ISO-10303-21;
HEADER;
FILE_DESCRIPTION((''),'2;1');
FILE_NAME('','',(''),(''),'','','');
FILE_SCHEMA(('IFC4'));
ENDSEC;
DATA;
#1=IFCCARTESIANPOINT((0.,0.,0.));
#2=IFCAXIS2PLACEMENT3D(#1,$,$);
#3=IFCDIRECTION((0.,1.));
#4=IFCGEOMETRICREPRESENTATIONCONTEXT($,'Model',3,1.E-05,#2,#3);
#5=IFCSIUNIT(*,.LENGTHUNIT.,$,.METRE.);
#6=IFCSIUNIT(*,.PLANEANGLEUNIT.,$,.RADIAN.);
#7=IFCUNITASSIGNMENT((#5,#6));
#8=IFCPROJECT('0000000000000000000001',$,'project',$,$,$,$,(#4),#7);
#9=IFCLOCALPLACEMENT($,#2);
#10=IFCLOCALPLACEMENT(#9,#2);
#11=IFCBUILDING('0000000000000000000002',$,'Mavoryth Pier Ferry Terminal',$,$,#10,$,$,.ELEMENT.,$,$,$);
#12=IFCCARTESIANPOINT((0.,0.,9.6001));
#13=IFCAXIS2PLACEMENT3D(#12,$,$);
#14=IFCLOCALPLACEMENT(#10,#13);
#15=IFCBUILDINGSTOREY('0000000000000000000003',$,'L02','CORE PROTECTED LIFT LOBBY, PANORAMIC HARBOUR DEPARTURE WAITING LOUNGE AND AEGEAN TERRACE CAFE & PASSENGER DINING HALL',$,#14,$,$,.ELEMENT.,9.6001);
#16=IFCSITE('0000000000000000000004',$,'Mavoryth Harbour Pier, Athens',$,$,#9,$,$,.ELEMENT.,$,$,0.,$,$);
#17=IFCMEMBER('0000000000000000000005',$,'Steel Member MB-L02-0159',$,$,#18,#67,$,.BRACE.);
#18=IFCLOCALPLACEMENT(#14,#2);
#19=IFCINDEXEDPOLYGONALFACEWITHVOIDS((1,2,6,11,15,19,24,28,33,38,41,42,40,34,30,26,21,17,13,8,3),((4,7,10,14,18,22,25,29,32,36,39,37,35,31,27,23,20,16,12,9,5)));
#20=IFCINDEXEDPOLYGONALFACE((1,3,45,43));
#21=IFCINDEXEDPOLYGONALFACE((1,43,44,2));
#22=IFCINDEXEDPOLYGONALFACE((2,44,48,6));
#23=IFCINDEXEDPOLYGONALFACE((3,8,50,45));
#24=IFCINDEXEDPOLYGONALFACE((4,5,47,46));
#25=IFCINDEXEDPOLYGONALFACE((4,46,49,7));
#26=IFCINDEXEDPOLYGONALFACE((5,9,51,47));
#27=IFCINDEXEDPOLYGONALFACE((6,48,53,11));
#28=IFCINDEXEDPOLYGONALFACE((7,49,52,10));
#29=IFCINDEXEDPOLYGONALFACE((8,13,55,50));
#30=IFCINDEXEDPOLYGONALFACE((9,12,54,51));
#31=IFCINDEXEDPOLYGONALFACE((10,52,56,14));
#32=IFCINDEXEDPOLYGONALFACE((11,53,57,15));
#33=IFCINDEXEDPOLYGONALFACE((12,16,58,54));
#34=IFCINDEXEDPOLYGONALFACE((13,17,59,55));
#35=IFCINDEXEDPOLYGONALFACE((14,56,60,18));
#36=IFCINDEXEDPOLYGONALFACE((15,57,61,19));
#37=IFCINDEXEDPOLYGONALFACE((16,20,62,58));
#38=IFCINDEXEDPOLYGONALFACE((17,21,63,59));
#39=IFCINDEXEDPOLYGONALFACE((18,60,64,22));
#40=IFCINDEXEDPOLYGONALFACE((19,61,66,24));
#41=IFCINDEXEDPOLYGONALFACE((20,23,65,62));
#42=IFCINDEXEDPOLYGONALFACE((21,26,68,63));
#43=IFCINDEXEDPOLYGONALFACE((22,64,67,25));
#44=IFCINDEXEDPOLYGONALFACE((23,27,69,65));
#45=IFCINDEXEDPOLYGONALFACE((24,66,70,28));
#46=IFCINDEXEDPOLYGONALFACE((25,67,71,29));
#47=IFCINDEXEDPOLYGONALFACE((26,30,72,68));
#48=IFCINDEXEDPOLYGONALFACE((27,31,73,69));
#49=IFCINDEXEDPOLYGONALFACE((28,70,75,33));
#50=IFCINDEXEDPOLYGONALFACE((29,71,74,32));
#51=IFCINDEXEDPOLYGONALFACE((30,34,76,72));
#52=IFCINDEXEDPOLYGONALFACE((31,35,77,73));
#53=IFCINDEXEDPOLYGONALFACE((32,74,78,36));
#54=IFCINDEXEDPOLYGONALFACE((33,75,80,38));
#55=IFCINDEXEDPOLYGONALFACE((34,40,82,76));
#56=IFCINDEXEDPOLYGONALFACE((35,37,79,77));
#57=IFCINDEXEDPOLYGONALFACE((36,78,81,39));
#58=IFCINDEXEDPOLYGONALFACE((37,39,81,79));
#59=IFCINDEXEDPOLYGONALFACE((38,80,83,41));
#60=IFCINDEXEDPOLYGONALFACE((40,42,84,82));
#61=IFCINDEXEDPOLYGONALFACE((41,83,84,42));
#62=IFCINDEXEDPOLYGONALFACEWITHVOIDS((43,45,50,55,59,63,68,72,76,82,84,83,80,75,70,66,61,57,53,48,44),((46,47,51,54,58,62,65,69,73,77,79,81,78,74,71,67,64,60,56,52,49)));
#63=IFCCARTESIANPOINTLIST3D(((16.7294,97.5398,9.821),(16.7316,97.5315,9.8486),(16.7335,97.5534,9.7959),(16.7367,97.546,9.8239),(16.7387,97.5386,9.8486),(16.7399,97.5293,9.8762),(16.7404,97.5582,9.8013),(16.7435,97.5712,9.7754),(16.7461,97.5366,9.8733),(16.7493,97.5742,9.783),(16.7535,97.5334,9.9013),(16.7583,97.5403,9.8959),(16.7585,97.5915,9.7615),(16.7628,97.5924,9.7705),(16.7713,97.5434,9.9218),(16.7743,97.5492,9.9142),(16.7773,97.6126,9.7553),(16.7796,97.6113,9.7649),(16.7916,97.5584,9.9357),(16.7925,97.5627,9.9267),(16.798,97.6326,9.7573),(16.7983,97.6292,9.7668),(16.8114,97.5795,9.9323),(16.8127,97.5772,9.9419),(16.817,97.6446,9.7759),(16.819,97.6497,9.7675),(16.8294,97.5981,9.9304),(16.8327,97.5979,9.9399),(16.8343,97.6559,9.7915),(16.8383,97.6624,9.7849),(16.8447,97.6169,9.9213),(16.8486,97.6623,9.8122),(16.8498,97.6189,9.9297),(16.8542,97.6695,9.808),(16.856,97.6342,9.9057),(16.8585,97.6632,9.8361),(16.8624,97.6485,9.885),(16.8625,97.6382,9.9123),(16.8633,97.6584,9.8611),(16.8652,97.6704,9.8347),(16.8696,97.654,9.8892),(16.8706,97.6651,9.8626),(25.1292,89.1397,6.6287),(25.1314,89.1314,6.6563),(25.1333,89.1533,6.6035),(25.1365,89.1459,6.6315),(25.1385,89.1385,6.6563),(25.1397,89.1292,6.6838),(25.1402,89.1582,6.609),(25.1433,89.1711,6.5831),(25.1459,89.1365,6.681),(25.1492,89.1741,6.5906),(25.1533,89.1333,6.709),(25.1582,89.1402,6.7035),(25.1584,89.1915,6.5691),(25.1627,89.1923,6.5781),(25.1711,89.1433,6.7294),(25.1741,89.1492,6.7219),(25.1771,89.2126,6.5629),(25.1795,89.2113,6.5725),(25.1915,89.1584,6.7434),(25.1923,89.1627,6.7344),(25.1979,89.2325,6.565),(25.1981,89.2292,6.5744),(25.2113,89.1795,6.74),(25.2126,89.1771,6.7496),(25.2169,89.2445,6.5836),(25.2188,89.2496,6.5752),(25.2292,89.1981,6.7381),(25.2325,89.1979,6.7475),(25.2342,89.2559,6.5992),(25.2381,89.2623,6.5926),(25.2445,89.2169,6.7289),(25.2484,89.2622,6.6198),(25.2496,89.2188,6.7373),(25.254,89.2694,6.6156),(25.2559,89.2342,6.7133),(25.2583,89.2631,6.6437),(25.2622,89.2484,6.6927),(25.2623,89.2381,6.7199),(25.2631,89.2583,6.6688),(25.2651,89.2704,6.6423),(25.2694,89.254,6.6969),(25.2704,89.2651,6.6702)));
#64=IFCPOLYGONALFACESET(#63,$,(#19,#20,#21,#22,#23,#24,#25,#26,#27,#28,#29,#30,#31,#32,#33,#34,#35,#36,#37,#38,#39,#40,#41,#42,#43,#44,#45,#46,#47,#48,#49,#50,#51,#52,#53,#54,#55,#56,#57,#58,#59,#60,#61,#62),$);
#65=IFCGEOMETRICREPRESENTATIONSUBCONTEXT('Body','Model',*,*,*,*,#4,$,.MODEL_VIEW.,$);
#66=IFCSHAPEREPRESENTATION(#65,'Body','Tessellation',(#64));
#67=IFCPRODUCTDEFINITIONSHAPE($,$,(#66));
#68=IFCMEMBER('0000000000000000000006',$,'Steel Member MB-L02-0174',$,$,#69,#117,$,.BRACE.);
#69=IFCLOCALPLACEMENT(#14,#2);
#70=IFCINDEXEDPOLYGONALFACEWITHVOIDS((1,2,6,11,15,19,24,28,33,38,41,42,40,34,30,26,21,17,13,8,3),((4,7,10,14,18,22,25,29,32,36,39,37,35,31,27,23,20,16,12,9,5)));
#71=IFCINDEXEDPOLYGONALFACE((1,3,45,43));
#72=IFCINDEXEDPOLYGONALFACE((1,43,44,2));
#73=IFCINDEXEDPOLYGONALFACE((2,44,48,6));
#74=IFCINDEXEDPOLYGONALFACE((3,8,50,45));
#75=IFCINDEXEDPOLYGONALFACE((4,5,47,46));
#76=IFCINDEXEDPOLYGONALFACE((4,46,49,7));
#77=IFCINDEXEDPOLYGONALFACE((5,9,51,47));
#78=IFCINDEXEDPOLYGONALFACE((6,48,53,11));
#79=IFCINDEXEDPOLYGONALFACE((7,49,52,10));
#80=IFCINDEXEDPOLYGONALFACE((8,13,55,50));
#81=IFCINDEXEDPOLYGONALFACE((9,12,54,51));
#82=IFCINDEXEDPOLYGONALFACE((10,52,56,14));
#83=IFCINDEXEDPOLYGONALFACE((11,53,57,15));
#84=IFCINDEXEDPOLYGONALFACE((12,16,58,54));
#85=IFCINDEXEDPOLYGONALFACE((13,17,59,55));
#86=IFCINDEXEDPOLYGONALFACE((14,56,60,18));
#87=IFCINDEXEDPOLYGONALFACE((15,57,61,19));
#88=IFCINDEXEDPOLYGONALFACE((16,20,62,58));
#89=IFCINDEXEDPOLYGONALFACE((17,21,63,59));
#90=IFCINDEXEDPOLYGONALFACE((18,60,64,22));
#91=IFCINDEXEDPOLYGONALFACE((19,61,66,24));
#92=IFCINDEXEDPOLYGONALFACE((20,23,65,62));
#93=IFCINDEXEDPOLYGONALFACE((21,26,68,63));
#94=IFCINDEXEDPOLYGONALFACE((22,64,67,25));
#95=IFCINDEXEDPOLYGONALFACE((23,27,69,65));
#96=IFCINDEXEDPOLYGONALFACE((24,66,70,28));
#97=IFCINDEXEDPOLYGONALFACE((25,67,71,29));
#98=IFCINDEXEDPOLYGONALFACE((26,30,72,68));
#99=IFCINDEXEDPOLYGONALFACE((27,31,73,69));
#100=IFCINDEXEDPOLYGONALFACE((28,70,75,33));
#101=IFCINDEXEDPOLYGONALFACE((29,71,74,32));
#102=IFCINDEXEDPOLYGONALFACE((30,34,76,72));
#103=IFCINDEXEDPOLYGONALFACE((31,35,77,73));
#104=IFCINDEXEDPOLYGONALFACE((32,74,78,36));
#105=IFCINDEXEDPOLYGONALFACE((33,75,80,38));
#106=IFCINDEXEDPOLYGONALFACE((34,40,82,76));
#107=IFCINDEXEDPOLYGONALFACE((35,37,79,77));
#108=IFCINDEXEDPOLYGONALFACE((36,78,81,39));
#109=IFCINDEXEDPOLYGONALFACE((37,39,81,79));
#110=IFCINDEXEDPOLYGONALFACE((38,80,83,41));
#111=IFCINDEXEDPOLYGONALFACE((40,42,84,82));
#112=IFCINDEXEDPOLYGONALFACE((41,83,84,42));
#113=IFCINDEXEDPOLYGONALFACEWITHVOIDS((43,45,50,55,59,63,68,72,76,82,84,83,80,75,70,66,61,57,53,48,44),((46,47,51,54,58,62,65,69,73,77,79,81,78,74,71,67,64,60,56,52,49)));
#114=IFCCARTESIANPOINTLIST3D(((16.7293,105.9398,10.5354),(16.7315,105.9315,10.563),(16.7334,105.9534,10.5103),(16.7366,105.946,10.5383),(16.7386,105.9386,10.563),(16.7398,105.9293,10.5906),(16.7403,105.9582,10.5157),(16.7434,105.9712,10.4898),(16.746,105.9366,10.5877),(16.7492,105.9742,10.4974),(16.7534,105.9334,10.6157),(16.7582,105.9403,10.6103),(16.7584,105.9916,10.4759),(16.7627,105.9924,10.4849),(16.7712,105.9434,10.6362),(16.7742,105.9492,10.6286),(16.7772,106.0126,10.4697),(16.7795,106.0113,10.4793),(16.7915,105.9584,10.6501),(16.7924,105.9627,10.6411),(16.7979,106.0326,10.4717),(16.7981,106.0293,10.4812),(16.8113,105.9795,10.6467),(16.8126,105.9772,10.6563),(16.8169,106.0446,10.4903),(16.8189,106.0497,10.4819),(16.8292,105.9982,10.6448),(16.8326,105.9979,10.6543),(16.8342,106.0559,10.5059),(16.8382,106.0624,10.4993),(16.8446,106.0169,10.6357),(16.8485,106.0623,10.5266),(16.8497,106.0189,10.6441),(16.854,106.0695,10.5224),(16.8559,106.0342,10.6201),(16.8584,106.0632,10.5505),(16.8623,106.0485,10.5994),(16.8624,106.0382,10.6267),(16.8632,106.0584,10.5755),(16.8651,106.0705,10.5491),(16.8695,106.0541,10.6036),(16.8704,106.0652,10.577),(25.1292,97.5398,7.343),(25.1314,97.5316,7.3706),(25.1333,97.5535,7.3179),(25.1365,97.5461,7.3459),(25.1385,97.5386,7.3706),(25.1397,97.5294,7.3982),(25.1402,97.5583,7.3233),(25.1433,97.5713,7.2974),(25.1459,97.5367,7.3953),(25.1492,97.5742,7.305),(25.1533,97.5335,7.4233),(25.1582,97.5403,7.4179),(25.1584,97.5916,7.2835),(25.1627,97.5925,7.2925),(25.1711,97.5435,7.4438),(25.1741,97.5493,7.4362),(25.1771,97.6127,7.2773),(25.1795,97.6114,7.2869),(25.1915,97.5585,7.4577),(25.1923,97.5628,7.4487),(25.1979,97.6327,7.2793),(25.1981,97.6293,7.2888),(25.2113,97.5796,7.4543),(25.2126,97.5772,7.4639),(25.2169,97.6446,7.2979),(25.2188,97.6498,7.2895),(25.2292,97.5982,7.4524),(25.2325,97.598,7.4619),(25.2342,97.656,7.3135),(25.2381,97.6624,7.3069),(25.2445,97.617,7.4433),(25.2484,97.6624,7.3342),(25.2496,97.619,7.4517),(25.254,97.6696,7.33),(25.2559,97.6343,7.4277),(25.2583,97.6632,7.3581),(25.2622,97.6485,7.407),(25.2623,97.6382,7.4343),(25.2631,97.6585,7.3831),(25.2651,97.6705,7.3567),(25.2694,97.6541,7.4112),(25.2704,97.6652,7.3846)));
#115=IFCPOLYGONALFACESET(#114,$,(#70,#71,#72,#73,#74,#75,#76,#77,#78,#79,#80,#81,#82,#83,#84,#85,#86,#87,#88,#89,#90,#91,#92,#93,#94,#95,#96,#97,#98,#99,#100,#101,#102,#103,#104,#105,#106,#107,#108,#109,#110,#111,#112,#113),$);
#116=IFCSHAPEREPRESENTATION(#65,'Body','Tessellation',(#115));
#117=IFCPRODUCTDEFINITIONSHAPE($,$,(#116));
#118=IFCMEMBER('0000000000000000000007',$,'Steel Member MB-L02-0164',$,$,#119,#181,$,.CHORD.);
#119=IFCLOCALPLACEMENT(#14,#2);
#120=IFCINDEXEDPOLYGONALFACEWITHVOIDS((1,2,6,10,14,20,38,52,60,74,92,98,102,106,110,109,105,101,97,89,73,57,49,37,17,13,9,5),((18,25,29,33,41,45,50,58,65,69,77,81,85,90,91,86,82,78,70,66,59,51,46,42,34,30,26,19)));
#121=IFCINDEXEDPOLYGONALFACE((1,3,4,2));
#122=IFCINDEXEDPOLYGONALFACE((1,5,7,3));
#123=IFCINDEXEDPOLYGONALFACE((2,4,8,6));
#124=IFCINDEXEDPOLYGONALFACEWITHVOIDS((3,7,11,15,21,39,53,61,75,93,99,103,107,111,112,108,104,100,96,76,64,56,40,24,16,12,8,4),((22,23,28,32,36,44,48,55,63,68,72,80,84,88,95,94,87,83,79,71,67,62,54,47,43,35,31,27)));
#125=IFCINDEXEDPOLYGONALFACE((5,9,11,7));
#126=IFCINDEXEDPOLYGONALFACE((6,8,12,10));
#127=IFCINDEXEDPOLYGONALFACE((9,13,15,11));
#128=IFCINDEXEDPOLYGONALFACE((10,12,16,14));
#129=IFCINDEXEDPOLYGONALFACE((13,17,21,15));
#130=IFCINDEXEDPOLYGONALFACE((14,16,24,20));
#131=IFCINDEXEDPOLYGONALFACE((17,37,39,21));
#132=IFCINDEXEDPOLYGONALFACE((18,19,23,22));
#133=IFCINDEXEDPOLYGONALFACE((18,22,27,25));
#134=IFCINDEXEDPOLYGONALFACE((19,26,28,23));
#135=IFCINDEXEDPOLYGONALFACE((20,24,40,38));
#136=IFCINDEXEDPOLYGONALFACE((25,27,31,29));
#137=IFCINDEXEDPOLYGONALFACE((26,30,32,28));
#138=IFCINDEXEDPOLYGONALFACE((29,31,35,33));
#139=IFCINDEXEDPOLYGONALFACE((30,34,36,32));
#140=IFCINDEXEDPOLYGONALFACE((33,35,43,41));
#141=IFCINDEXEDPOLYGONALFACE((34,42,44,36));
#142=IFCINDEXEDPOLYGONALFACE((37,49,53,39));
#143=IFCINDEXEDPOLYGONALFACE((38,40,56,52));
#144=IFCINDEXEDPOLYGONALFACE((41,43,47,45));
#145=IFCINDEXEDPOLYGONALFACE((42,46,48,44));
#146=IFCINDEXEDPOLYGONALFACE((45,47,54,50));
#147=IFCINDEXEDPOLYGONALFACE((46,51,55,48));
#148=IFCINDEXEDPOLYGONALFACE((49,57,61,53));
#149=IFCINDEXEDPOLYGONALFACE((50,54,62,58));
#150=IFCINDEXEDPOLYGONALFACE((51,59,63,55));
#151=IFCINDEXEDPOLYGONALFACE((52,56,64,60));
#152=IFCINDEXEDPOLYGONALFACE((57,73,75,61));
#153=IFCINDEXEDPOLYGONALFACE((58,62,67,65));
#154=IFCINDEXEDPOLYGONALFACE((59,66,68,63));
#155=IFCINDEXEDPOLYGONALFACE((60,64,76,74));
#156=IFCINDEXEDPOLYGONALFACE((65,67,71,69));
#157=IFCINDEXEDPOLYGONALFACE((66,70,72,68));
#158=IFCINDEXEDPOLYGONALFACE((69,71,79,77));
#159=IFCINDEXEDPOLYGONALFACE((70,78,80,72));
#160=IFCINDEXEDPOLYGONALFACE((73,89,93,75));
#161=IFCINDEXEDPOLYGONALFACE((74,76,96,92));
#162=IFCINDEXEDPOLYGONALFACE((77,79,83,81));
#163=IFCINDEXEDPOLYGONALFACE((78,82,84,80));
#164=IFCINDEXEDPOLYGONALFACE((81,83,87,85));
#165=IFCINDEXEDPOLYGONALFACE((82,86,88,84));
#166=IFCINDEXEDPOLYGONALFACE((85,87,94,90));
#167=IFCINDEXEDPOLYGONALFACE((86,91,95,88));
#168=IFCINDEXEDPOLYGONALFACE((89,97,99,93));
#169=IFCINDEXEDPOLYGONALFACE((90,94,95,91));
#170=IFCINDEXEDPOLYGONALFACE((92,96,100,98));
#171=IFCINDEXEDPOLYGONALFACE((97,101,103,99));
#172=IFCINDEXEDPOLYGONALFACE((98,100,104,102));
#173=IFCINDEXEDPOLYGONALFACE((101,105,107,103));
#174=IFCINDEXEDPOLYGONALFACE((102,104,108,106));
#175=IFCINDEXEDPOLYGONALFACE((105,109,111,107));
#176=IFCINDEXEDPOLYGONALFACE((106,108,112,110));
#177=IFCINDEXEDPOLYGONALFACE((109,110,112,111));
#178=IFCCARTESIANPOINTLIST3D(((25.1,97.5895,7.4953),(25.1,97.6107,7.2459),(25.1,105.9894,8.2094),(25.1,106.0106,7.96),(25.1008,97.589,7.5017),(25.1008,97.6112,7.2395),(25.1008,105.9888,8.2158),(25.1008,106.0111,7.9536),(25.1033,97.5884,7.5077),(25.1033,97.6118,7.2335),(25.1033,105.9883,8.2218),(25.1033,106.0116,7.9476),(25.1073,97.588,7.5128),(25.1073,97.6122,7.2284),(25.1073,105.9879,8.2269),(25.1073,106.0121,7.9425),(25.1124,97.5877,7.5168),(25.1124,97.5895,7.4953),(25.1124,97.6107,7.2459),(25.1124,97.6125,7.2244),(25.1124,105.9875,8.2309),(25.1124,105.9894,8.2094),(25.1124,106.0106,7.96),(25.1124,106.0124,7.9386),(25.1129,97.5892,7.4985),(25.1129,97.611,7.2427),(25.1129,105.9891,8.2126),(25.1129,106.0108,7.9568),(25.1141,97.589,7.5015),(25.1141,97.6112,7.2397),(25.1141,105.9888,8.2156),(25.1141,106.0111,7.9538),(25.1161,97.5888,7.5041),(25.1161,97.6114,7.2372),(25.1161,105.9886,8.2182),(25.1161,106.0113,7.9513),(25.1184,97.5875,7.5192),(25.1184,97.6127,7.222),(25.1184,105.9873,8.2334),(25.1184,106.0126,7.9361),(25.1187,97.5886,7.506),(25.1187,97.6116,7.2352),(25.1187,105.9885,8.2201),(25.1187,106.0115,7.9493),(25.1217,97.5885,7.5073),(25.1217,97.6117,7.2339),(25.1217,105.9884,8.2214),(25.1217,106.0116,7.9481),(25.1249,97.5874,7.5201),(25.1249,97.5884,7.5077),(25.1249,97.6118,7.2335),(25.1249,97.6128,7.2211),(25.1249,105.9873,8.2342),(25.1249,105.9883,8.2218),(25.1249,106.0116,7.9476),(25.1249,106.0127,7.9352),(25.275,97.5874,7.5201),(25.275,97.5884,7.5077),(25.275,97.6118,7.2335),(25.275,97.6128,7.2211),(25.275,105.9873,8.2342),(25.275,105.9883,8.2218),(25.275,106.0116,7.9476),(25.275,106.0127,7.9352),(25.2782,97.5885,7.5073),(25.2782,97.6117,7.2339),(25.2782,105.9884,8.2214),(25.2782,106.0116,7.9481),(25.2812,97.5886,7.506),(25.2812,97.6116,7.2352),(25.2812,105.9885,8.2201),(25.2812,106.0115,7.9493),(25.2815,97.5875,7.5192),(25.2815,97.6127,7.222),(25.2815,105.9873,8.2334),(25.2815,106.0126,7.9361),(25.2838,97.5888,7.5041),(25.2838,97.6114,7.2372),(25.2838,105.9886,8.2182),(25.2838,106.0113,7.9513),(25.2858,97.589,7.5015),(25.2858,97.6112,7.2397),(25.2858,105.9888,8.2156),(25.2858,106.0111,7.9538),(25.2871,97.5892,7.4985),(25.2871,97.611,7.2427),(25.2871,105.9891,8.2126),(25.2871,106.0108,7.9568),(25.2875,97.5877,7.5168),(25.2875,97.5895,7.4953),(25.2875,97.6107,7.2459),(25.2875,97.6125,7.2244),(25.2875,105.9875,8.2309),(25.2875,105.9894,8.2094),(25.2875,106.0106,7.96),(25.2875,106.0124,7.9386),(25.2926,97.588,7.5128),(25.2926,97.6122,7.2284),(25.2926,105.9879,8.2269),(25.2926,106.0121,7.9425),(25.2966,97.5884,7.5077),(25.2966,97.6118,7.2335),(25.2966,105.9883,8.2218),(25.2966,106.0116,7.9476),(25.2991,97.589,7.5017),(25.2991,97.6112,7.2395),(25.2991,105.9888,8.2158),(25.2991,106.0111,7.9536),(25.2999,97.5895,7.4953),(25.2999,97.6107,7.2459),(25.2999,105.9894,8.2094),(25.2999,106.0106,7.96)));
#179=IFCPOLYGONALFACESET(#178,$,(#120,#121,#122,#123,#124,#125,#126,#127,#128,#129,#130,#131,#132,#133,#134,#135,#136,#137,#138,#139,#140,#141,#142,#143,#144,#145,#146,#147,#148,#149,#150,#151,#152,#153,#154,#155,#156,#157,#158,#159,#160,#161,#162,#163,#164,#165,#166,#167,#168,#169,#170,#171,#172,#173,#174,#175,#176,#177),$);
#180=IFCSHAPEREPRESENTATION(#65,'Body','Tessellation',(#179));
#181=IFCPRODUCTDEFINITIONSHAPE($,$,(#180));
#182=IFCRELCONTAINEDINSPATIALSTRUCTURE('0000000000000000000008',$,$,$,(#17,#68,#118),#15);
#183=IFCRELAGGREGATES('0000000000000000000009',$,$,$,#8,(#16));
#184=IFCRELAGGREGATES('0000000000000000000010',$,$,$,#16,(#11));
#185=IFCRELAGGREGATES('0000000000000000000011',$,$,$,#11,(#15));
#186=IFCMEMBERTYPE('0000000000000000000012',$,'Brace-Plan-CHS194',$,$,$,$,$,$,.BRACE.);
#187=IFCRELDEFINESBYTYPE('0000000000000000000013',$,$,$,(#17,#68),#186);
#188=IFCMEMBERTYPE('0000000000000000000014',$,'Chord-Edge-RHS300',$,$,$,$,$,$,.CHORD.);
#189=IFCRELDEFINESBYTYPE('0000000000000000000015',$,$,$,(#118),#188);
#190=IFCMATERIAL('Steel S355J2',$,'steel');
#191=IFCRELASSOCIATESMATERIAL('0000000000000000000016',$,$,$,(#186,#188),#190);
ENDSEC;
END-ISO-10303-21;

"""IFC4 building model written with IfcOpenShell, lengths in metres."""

from ifc_helpers import new_model, si_unit, direction, frame, origin, origin_2d, place, context, subcontext, project, spatial, hollow_rectangle, hollow_circle, extrude, material, material_profile, profile_set, type_object, element, save


model = new_model("IFC4")

# Units and contexts
model_context = context("Model", 3, precision=1e-05, world=origin(), true_north=direction((0.0, 1.0)))
body_context = subcontext(model_context, "Body", "Model", "MODEL_VIEW")
ifc_project = project(units=[si_unit("LENGTHUNIT", "METRE"), si_unit("PLANEANGLEUNIT", "RADIAN")], contexts=[model_context])

# Site, building, storey
site_placement = place(None, origin())
site = spatial("IfcSite", under=ifc_project, at=site_placement, Name="Mavoryth Harbour Pier, Athens", CompositionType="ELEMENT", RefElevation=0.0)
building_placement = place(site_placement, origin())
building = spatial("IfcBuilding", under=site, at=building_placement, Name="Mavoryth Pier Ferry Terminal", CompositionType="ELEMENT")
storey_placement = place(building_placement, frame((0.0, 0.0, 9.6001)))
storey = spatial("IfcBuildingStorey", under=building, at=storey_placement, Name="L02", Description="CORE PROTECTED LIFT LOBBY, PANORAMIC HARBOUR DEPARTURE WAITING LOUNGE AND AEGEAN TERRACE CAFE & PASSENGER DINING HALL", CompositionType="ELEMENT", Elevation=9.6001)

# Shared definitions
ifc_material_1 = material(Name="Steel S355J2", Category="steel")

# Members
ifc_material_profile_1 = material_profile(ifc_material_1, hollow_circle(Radius=0.0969, WallThickness=0.01, at=origin_2d()), Name="CHS 193.7x10.0", Category="steel")
ifc_profile_set_1 = profile_set([ifc_material_profile_1], Name="Steel S355J2 - CHS 193.7x10.0")
member_type_1 = type_object("IfcMemberType", Name="Brace-Plan-CHS194", PredefinedType="BRACE", material=ifc_profile_set_1)
for number, where, z_axis, x_axis, name in (
    (1, (25.2, 89.2, 6.6562), (-0.682869, 0.682889, 0.259524), (-0.707117, -0.707097, 0.0), "Steel Member MB-L02-0159"),
    (2, (25.2, 97.6001, 7.3706), (-0.682878, 0.682878, 0.259528), (-0.707107, -0.707107, 0.0), "Steel Member MB-L02-0174"),
):
    element("IfcMember", number, at=place(storey_placement, frame(where, z_axis=z_axis, x_axis=x_axis)), inside=storey, type_object=member_type_1, Name=name, PredefinedType="BRACE", context=body_context, shape_type="SweptSolid", body=[
        extrude(hollow_circle(Radius=0.0969, WallThickness=0.01, at=origin_2d()), origin(), (0.0, 0.0, 1.0), 12.3008),
    ])
ifc_material_profile_2 = material_profile(ifc_material_1, hollow_rectangle(XDim=0.2, YDim=0.3, WallThickness=0.0125, InnerFilletRadius=0.0125, OuterFilletRadius=0.0249, at=origin_2d()), Name="RHS 300x200x12.5", Category="steel")
ifc_profile_set_2 = profile_set([ifc_material_profile_2], Name="Steel S355J2 - RHS 300x200x12.5")
member_type_2 = type_object("IfcMemberType", Name="Chord-Edge-RHS300", PredefinedType="CHORD", material=ifc_profile_set_2)
member_1_placement = place(storey_placement, frame((25.2, 97.6001, 7.3706), z_axis=(0.0, 0.996406, 0.084709), x_axis=(-1.0, 0.0, 0.0)))
element("IfcMember", 3, at=member_1_placement, inside=storey, type_object=member_type_2, Name="Steel Member MB-L02-0164", PredefinedType="CHORD", context=body_context, shape_type="SweptSolid", body=[
    extrude(hollow_rectangle(XDim=0.2, YDim=0.3, WallThickness=0.0125, InnerFilletRadius=0.0125, OuterFilletRadius=0.0249, at=origin_2d()), origin(), (0.0, 0.0, 1.0), 8.4302),
])

save(model, "model.ifc")
